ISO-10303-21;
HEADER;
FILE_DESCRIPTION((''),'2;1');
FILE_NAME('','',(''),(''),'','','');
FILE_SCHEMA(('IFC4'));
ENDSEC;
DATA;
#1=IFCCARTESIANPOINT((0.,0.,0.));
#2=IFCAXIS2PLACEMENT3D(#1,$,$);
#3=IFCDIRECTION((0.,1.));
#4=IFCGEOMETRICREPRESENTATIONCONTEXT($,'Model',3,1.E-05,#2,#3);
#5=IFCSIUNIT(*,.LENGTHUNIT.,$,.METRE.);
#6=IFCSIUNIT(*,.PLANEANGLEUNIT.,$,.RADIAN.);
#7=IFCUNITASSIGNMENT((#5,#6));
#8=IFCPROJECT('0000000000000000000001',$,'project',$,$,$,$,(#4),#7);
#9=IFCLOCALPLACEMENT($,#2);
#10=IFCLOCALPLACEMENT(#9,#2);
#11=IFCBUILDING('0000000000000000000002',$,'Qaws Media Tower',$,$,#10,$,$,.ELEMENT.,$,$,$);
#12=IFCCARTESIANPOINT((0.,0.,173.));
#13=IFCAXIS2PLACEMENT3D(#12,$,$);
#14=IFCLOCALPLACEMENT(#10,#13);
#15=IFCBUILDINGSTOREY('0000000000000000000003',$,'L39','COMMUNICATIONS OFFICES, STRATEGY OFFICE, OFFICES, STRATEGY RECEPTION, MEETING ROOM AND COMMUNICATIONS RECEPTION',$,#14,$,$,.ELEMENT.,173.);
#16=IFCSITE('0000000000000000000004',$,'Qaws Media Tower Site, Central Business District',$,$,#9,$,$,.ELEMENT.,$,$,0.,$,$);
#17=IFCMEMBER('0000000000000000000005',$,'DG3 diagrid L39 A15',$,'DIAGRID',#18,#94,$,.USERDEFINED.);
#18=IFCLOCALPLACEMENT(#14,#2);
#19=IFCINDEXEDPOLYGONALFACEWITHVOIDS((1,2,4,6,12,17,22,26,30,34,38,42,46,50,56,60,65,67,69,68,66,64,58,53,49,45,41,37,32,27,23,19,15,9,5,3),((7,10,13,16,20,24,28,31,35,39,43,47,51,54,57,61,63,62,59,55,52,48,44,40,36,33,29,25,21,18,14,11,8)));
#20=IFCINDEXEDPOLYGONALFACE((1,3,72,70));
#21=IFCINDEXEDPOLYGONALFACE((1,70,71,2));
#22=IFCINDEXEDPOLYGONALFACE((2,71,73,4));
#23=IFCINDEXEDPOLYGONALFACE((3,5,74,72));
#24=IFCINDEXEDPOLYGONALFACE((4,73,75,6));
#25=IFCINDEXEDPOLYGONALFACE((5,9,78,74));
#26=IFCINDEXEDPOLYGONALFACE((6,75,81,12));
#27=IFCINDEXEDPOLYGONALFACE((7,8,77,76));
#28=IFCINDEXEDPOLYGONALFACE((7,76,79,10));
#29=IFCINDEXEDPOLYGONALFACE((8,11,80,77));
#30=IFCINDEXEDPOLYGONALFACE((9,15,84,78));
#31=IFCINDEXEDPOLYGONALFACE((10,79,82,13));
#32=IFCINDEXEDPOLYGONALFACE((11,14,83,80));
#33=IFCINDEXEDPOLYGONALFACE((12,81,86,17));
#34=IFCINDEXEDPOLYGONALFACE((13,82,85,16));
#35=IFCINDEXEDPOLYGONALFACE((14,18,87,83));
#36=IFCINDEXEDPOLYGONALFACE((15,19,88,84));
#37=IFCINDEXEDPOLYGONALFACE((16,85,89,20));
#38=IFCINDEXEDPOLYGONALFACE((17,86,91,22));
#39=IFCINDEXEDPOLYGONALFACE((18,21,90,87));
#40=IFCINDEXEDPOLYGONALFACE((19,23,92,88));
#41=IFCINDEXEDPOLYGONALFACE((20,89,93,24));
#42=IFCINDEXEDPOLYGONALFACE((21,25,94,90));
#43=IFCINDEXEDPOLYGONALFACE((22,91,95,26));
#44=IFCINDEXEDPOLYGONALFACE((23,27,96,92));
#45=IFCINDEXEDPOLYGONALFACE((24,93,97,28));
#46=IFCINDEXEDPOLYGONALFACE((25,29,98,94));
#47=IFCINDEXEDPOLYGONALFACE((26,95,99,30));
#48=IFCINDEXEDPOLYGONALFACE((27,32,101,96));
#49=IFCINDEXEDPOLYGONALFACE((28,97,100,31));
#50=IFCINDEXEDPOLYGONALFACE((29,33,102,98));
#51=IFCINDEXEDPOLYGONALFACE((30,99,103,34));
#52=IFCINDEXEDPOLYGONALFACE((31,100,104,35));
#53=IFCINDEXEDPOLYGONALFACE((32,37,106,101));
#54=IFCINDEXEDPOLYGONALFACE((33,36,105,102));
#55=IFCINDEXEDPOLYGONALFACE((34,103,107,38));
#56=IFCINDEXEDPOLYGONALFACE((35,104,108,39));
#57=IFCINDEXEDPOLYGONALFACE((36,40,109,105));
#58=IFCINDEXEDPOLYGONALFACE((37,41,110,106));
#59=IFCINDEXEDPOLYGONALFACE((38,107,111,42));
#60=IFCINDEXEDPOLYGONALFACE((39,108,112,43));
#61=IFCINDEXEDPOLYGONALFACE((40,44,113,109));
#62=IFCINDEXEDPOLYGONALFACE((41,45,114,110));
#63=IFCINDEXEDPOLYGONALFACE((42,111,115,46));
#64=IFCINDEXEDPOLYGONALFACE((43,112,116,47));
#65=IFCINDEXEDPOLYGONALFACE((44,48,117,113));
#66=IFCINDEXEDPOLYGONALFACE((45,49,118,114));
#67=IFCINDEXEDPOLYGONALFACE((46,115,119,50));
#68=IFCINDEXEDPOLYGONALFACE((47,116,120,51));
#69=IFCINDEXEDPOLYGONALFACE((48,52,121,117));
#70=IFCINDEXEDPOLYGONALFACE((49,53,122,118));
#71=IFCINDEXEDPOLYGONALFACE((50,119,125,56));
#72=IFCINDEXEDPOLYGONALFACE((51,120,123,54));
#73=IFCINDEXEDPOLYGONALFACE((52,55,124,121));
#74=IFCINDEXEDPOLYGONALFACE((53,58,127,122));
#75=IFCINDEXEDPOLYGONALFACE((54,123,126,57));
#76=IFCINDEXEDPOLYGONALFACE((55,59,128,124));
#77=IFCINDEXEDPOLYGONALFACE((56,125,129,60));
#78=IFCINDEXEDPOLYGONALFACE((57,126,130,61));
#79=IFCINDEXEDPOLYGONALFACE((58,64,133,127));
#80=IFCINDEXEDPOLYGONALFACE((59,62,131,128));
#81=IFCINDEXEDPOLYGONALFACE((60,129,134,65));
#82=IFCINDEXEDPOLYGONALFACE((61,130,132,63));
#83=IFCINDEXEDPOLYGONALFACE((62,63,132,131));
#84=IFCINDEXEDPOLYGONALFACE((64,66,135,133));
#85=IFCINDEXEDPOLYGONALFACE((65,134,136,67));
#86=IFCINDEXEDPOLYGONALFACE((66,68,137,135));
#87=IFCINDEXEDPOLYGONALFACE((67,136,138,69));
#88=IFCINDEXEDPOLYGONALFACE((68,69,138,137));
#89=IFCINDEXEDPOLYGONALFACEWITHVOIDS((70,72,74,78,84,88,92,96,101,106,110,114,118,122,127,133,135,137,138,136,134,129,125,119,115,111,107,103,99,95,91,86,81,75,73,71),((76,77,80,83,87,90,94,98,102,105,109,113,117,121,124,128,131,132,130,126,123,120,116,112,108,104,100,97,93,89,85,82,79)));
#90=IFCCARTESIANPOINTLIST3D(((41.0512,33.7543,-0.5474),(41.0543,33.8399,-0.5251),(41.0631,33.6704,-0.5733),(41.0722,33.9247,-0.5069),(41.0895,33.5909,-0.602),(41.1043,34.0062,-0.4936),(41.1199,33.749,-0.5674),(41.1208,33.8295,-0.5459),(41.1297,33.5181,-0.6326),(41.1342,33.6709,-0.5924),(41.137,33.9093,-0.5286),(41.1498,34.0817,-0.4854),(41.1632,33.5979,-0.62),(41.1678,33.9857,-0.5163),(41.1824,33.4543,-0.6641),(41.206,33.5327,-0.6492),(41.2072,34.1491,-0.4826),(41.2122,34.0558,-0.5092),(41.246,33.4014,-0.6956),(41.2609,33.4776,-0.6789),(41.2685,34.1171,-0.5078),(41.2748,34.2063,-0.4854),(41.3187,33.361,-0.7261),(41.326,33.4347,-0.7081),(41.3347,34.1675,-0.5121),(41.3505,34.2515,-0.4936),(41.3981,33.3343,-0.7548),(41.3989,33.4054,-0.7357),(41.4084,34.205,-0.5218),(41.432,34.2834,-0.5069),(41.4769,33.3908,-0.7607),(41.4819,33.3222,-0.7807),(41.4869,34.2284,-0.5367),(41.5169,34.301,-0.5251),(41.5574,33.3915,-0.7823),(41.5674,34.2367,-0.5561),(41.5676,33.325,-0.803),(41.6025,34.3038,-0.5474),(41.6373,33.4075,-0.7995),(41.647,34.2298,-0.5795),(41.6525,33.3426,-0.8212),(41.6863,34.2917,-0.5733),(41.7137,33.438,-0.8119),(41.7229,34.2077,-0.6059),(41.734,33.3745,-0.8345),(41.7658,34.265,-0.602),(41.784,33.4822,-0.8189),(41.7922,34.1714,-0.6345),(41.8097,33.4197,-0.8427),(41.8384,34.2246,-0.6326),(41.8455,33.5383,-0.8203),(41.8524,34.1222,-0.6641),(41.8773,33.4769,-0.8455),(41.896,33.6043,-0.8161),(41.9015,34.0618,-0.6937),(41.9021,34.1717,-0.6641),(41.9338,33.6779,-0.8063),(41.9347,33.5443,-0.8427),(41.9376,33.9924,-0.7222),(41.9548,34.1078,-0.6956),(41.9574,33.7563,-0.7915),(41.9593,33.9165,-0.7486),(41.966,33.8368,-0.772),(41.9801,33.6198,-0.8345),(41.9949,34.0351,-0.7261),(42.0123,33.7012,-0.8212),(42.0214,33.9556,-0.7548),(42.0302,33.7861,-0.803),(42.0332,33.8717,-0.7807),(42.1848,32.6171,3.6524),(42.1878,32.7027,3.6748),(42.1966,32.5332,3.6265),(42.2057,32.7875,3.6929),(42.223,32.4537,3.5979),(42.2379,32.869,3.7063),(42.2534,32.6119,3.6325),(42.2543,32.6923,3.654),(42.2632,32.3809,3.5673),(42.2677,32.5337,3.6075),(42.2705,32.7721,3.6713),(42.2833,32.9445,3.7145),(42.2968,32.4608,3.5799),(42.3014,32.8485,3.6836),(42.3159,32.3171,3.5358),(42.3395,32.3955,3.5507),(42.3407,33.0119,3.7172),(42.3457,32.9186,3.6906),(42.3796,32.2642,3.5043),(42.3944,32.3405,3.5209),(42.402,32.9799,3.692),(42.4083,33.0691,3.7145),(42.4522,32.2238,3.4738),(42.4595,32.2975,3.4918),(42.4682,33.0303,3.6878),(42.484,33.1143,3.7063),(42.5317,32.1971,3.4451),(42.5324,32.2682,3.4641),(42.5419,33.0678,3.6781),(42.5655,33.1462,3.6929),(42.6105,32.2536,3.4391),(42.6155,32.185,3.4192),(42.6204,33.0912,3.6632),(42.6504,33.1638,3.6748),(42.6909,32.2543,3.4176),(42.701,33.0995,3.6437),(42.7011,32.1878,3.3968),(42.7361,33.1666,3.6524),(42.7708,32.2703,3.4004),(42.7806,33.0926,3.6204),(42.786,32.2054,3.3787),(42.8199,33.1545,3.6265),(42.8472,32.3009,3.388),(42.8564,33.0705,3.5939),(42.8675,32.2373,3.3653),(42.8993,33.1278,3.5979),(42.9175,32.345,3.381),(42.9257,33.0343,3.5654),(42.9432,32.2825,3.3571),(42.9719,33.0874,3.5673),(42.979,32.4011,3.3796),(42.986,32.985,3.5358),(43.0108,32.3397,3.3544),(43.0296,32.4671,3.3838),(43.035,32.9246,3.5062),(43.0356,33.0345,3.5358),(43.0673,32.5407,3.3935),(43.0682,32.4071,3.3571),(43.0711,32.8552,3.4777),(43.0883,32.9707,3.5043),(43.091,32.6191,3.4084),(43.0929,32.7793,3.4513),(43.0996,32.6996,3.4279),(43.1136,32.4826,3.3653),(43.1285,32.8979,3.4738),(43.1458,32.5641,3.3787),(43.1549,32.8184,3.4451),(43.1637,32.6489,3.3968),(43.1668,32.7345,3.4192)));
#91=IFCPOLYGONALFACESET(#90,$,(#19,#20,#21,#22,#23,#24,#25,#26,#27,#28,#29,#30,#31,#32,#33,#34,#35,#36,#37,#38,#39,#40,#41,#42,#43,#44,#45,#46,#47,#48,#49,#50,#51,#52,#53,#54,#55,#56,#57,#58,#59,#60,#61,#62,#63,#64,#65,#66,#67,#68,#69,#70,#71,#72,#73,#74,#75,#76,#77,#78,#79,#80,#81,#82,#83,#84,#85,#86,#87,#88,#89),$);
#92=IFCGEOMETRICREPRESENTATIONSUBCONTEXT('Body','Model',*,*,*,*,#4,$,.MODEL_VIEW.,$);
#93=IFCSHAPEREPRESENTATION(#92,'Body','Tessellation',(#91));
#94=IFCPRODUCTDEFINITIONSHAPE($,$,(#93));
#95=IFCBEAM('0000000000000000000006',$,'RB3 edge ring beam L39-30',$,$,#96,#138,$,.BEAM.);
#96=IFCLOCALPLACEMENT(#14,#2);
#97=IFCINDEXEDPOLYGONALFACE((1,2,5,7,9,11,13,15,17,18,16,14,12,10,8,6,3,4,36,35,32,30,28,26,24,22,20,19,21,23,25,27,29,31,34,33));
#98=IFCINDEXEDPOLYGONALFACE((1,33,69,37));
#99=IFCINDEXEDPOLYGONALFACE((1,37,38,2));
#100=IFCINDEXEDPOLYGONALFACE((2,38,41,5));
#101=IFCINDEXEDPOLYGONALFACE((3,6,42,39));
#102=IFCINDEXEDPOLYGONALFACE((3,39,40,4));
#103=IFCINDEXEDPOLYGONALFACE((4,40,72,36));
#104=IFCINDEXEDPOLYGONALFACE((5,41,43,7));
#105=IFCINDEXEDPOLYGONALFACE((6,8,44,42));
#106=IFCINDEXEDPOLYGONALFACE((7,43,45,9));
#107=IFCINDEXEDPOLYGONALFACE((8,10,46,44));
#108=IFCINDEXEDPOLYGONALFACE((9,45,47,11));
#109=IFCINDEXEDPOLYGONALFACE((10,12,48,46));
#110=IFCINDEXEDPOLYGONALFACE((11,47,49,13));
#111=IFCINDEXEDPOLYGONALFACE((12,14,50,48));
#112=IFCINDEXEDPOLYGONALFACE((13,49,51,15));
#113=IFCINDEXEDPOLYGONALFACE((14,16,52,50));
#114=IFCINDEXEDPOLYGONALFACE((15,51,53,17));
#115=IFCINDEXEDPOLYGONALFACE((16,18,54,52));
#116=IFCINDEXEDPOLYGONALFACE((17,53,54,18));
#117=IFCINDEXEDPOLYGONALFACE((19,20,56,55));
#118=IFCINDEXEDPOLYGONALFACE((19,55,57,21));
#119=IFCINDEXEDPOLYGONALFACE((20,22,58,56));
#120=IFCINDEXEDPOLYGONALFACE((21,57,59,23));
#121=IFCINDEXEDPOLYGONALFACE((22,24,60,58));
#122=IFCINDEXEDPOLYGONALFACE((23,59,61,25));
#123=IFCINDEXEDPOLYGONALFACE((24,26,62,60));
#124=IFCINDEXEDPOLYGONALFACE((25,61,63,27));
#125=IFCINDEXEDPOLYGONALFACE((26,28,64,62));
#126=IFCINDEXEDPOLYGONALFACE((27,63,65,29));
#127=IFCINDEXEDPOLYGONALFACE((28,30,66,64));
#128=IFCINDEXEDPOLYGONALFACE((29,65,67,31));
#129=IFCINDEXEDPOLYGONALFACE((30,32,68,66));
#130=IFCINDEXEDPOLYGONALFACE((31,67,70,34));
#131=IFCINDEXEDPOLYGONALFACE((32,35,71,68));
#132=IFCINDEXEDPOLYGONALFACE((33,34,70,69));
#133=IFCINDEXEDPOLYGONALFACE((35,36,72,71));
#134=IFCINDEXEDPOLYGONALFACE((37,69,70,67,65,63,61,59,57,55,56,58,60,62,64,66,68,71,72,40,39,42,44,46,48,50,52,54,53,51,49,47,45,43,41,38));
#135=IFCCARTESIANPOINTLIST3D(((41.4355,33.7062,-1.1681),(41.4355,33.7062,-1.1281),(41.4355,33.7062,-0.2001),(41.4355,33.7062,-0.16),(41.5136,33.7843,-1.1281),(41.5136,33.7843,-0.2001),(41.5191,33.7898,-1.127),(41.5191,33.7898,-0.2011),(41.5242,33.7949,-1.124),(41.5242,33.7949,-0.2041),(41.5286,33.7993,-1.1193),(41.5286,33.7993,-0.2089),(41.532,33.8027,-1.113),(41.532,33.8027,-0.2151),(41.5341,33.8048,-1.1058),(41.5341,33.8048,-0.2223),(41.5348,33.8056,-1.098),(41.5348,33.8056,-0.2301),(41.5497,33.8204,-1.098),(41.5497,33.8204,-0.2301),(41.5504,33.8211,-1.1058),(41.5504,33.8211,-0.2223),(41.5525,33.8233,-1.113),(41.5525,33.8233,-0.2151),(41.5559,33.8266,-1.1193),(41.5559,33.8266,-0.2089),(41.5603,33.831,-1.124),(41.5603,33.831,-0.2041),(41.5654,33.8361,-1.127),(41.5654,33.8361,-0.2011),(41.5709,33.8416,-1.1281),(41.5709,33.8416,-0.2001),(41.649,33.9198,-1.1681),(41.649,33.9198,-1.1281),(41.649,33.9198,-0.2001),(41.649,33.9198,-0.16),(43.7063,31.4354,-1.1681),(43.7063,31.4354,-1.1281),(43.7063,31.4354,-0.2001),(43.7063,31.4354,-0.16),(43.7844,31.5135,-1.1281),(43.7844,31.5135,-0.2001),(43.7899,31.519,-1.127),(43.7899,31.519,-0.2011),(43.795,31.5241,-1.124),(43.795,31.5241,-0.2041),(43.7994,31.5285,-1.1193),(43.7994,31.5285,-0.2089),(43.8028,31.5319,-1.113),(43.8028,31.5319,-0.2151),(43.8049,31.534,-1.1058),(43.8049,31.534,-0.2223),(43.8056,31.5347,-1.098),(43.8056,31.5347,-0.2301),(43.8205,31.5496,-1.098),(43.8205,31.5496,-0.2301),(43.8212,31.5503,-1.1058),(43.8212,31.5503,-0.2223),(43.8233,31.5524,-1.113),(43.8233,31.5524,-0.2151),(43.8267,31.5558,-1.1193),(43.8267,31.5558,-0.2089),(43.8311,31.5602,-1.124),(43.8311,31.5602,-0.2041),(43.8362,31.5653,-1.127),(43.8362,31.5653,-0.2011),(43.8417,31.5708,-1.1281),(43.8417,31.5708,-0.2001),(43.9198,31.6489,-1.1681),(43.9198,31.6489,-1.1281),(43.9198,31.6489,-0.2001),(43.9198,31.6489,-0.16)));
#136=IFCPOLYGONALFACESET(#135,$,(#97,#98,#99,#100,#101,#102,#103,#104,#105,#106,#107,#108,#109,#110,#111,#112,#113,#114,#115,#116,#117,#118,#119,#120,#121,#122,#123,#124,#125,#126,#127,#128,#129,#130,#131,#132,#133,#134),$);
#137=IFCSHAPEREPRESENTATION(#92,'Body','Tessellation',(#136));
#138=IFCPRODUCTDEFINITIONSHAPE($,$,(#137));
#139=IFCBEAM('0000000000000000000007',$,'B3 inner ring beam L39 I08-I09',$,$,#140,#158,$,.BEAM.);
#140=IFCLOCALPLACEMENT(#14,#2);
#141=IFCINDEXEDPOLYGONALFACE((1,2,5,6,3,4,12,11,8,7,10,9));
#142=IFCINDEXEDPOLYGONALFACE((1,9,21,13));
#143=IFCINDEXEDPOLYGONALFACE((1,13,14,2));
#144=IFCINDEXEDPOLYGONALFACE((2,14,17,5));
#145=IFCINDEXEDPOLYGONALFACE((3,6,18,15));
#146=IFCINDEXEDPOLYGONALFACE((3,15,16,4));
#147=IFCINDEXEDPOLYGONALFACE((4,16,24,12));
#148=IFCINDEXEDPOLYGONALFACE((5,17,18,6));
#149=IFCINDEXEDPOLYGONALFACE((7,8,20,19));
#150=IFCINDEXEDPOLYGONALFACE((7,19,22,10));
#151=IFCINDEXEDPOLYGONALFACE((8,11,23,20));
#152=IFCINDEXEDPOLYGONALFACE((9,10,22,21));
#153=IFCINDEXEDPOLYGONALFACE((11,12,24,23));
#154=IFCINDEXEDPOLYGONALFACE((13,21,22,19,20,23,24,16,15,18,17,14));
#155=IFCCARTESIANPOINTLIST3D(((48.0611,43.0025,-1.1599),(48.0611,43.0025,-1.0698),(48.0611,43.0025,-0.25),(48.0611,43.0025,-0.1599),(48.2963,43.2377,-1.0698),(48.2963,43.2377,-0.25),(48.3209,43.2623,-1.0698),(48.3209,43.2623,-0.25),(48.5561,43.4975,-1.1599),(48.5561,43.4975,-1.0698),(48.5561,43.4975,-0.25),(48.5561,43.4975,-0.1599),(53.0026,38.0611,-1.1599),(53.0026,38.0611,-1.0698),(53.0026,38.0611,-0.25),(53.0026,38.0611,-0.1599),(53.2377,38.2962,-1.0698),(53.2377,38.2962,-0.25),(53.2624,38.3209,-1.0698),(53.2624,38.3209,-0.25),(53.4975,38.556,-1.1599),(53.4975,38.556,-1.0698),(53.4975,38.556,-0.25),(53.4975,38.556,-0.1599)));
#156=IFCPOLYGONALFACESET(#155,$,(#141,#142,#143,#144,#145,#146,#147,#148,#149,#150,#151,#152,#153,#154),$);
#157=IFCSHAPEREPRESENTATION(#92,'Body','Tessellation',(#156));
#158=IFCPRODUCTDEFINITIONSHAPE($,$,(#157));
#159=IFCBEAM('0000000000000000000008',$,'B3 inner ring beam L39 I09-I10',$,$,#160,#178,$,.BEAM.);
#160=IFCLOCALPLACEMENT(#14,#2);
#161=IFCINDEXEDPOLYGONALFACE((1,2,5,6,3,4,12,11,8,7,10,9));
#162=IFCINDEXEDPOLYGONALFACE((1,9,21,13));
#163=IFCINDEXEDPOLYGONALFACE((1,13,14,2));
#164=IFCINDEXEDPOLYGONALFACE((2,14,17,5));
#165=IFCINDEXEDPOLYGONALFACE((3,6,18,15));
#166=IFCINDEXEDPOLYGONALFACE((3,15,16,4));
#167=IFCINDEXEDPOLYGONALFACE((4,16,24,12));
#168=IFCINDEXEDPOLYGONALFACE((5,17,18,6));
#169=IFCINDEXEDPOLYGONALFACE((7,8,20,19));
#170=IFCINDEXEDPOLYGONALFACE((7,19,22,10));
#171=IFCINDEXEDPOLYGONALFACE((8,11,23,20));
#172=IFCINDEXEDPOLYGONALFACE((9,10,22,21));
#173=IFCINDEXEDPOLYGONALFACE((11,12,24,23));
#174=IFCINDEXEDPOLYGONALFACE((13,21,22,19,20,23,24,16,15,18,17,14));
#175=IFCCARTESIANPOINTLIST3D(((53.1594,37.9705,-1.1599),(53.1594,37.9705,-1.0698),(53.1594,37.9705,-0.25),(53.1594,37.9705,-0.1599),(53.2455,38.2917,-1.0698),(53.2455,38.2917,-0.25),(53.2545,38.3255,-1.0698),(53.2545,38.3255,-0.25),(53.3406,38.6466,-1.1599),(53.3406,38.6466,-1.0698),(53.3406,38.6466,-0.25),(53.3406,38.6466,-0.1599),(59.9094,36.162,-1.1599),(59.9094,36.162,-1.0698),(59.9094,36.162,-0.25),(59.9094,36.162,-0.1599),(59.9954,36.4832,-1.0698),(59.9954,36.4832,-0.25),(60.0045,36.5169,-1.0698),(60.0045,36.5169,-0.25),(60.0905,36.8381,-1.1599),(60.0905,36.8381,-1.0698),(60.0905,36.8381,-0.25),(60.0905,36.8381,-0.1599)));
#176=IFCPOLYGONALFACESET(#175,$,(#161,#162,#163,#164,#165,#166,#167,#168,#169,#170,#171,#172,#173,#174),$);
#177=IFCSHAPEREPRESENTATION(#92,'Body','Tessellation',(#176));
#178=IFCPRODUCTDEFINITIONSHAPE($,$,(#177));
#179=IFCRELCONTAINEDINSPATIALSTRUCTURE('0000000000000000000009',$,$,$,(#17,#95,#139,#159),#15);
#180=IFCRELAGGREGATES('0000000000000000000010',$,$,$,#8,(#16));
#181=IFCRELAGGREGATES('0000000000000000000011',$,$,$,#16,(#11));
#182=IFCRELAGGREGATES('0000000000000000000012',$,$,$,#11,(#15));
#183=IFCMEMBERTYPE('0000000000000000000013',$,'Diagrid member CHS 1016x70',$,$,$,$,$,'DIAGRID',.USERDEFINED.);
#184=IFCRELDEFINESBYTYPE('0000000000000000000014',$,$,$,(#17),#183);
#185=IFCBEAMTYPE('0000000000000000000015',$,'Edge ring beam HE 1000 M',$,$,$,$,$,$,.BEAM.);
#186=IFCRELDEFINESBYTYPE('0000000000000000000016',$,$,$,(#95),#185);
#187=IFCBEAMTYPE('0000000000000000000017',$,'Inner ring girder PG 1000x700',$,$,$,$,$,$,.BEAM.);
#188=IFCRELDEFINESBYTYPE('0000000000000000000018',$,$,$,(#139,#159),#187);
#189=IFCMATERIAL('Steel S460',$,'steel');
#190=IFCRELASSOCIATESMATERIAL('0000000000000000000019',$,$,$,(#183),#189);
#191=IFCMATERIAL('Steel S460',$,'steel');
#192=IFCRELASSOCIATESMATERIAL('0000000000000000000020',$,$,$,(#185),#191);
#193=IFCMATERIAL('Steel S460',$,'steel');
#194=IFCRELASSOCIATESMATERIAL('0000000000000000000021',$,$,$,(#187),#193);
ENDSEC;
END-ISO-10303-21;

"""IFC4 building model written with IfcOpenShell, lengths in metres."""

from ifc_helpers import new_model, si_unit, direction, frame, origin, origin_2d, place, context, subcontext, project, spatial, hollow_circle, i_section, extrude, material, material_profile, profile_set, type_object, element, save


model = new_model("IFC4")

# Units and contexts
model_context = context("Model", 3, precision=1e-05, world=origin(), true_north=direction((0.0, 1.0)))
body_context = subcontext(model_context, "Body", "Model", "MODEL_VIEW")
ifc_project = project(units=[si_unit("LENGTHUNIT", "METRE"), si_unit("PLANEANGLEUNIT", "RADIAN")], contexts=[model_context])

# Site, building, storey
site_placement = place(None, origin())
site = spatial("IfcSite", under=ifc_project, at=site_placement, Name="Qaws Media Tower Site, Central Business District", CompositionType="ELEMENT", RefElevation=0.0)
building_placement = place(site_placement, origin())
building = spatial("IfcBuilding", under=site, at=building_placement, Name="Qaws Media Tower", CompositionType="ELEMENT")
storey_placement = place(building_placement, frame((0.0, 0.0, 173.0)))
storey = spatial("IfcBuildingStorey", under=building, at=storey_placement, Name="L39", Description="COMMUNICATIONS OFFICES, STRATEGY OFFICE, OFFICES, STRATEGY RECEPTION, MEETING ROOM AND COMMUNICATIONS RECEPTION", CompositionType="ELEMENT", Elevation=173.0)

# Member
ifc_material_1 = material(Name="Steel S460", Category="steel")
ifc_material_profile_1 = material_profile(ifc_material_1, hollow_circle(Radius=0.5081, WallThickness=0.0701, at=origin_2d()), Name="CHS 1016x70")
ifc_profile_set_1 = profile_set([ifc_material_profile_1], Name="Steel S460")
member_type_1 = type_object("IfcMemberType", Name="Diagrid member CHS 1016x70", ElementType="DIAGRID", PredefinedType="USERDEFINED", material=ifc_profile_set_1)
member_1_placement = place(storey_placement, frame((41.5422, 33.813, -0.6641), z_axis=(0.2521, -0.252914, 0.934066), x_axis=(0.708246, 0.705965, 0.0)))
element("IfcMember", 1, at=member_1_placement, inside=storey, type_object=member_type_1, Name="DG3 diagrid L39 A15", ObjectType="DIAGRID", PredefinedType="USERDEFINED", context=body_context, shape_type="SweptSolid", body=[
    extrude(hollow_circle(Radius=0.5081, WallThickness=0.0701, at=origin_2d()), origin(), (0.0, 0.0, 1.0), 4.4963),
])

# Beams
ifc_material_2 = material(Name="Steel S460", Category="steel")
ifc_material_profile_2 = material_profile(ifc_material_2, i_section(OverallWidth=0.302, OverallDepth=1.0081, WebThickness=0.021, FlangeThickness=0.04, FilletRadius=0.03, at=origin_2d()), Name="HE 1000 M")
ifc_profile_set_2 = profile_set([ifc_material_profile_2], Name="Steel S460")
beam_type_1 = type_object("IfcBeamType", Name="Edge ring beam HE 1000 M", PredefinedType="BEAM", material=ifc_profile_set_2)
beam_1_placement = place(storey_placement, frame((41.5422, 33.813, -0.6641), z_axis=(0.707107, -0.707107, 0.0), x_axis=(0.707107, 0.707107, 0.0)))
element("IfcBeam", 2, at=beam_1_placement, inside=storey, type_object=beam_type_1, Name="RB3 edge ring beam L39-30", PredefinedType="BEAM", context=body_context, shape_type="SweptSolid", body=[
    extrude(i_section(OverallWidth=0.302, OverallDepth=1.0081, WebThickness=0.021, FlangeThickness=0.04, FilletRadius=0.03, at=origin_2d()), origin(), (0.0, 0.0, 1.0), 3.2114),
])
ifc_material_3 = material(Name="Steel S460", Category="steel")
ifc_material_profile_3 = material_profile(ifc_material_3, i_section(OverallWidth=0.7, OverallDepth=1.0, WebThickness=0.0349, FlangeThickness=0.0901, at=origin_2d()), Name="PG 1000x700")
ifc_profile_set_3 = profile_set([ifc_material_profile_3], Name="Steel S460")
beam_type_2 = type_object("IfcBeamType", Name="Inner ring girder PG 1000x700", PredefinedType="BEAM", material=ifc_profile_set_3)
beam_2_placement = place(storey_placement, frame((48.3086, 43.25, -0.6599), z_axis=(0.707107, -0.707107, 0.0), x_axis=(0.707107, 0.707107, 0.0)))
element("IfcBeam", 3, at=beam_2_placement, inside=storey, type_object=beam_type_2, Name="B3 inner ring beam L39 I08-I09", PredefinedType="BEAM", context=body_context, shape_type="SweptSolid", body=[
    extrude(i_section(OverallWidth=0.7, OverallDepth=1.0, WebThickness=0.0349, FlangeThickness=0.0901, at=origin_2d()), origin(), (0.0, 0.0, 1.0), 6.9883),
])
beam_3_placement = place(storey_placement, frame((53.25, 38.3086, -0.6599), z_axis=(0.965928, -0.258811, 0.0), x_axis=(0.258811, 0.965928, 0.0)))
element("IfcBeam", 4, at=beam_3_placement, inside=storey, type_object=beam_type_2, Name="B3 inner ring beam L39 I09-I10", PredefinedType="BEAM", context=body_context, shape_type="SweptSolid", body=[
    extrude(i_section(OverallWidth=0.7, OverallDepth=1.0, WebThickness=0.0349, FlangeThickness=0.0901, at=origin_2d()), origin(), (0.0, 0.0, 1.0), 6.988),
])

save(model, "model.ifc")
